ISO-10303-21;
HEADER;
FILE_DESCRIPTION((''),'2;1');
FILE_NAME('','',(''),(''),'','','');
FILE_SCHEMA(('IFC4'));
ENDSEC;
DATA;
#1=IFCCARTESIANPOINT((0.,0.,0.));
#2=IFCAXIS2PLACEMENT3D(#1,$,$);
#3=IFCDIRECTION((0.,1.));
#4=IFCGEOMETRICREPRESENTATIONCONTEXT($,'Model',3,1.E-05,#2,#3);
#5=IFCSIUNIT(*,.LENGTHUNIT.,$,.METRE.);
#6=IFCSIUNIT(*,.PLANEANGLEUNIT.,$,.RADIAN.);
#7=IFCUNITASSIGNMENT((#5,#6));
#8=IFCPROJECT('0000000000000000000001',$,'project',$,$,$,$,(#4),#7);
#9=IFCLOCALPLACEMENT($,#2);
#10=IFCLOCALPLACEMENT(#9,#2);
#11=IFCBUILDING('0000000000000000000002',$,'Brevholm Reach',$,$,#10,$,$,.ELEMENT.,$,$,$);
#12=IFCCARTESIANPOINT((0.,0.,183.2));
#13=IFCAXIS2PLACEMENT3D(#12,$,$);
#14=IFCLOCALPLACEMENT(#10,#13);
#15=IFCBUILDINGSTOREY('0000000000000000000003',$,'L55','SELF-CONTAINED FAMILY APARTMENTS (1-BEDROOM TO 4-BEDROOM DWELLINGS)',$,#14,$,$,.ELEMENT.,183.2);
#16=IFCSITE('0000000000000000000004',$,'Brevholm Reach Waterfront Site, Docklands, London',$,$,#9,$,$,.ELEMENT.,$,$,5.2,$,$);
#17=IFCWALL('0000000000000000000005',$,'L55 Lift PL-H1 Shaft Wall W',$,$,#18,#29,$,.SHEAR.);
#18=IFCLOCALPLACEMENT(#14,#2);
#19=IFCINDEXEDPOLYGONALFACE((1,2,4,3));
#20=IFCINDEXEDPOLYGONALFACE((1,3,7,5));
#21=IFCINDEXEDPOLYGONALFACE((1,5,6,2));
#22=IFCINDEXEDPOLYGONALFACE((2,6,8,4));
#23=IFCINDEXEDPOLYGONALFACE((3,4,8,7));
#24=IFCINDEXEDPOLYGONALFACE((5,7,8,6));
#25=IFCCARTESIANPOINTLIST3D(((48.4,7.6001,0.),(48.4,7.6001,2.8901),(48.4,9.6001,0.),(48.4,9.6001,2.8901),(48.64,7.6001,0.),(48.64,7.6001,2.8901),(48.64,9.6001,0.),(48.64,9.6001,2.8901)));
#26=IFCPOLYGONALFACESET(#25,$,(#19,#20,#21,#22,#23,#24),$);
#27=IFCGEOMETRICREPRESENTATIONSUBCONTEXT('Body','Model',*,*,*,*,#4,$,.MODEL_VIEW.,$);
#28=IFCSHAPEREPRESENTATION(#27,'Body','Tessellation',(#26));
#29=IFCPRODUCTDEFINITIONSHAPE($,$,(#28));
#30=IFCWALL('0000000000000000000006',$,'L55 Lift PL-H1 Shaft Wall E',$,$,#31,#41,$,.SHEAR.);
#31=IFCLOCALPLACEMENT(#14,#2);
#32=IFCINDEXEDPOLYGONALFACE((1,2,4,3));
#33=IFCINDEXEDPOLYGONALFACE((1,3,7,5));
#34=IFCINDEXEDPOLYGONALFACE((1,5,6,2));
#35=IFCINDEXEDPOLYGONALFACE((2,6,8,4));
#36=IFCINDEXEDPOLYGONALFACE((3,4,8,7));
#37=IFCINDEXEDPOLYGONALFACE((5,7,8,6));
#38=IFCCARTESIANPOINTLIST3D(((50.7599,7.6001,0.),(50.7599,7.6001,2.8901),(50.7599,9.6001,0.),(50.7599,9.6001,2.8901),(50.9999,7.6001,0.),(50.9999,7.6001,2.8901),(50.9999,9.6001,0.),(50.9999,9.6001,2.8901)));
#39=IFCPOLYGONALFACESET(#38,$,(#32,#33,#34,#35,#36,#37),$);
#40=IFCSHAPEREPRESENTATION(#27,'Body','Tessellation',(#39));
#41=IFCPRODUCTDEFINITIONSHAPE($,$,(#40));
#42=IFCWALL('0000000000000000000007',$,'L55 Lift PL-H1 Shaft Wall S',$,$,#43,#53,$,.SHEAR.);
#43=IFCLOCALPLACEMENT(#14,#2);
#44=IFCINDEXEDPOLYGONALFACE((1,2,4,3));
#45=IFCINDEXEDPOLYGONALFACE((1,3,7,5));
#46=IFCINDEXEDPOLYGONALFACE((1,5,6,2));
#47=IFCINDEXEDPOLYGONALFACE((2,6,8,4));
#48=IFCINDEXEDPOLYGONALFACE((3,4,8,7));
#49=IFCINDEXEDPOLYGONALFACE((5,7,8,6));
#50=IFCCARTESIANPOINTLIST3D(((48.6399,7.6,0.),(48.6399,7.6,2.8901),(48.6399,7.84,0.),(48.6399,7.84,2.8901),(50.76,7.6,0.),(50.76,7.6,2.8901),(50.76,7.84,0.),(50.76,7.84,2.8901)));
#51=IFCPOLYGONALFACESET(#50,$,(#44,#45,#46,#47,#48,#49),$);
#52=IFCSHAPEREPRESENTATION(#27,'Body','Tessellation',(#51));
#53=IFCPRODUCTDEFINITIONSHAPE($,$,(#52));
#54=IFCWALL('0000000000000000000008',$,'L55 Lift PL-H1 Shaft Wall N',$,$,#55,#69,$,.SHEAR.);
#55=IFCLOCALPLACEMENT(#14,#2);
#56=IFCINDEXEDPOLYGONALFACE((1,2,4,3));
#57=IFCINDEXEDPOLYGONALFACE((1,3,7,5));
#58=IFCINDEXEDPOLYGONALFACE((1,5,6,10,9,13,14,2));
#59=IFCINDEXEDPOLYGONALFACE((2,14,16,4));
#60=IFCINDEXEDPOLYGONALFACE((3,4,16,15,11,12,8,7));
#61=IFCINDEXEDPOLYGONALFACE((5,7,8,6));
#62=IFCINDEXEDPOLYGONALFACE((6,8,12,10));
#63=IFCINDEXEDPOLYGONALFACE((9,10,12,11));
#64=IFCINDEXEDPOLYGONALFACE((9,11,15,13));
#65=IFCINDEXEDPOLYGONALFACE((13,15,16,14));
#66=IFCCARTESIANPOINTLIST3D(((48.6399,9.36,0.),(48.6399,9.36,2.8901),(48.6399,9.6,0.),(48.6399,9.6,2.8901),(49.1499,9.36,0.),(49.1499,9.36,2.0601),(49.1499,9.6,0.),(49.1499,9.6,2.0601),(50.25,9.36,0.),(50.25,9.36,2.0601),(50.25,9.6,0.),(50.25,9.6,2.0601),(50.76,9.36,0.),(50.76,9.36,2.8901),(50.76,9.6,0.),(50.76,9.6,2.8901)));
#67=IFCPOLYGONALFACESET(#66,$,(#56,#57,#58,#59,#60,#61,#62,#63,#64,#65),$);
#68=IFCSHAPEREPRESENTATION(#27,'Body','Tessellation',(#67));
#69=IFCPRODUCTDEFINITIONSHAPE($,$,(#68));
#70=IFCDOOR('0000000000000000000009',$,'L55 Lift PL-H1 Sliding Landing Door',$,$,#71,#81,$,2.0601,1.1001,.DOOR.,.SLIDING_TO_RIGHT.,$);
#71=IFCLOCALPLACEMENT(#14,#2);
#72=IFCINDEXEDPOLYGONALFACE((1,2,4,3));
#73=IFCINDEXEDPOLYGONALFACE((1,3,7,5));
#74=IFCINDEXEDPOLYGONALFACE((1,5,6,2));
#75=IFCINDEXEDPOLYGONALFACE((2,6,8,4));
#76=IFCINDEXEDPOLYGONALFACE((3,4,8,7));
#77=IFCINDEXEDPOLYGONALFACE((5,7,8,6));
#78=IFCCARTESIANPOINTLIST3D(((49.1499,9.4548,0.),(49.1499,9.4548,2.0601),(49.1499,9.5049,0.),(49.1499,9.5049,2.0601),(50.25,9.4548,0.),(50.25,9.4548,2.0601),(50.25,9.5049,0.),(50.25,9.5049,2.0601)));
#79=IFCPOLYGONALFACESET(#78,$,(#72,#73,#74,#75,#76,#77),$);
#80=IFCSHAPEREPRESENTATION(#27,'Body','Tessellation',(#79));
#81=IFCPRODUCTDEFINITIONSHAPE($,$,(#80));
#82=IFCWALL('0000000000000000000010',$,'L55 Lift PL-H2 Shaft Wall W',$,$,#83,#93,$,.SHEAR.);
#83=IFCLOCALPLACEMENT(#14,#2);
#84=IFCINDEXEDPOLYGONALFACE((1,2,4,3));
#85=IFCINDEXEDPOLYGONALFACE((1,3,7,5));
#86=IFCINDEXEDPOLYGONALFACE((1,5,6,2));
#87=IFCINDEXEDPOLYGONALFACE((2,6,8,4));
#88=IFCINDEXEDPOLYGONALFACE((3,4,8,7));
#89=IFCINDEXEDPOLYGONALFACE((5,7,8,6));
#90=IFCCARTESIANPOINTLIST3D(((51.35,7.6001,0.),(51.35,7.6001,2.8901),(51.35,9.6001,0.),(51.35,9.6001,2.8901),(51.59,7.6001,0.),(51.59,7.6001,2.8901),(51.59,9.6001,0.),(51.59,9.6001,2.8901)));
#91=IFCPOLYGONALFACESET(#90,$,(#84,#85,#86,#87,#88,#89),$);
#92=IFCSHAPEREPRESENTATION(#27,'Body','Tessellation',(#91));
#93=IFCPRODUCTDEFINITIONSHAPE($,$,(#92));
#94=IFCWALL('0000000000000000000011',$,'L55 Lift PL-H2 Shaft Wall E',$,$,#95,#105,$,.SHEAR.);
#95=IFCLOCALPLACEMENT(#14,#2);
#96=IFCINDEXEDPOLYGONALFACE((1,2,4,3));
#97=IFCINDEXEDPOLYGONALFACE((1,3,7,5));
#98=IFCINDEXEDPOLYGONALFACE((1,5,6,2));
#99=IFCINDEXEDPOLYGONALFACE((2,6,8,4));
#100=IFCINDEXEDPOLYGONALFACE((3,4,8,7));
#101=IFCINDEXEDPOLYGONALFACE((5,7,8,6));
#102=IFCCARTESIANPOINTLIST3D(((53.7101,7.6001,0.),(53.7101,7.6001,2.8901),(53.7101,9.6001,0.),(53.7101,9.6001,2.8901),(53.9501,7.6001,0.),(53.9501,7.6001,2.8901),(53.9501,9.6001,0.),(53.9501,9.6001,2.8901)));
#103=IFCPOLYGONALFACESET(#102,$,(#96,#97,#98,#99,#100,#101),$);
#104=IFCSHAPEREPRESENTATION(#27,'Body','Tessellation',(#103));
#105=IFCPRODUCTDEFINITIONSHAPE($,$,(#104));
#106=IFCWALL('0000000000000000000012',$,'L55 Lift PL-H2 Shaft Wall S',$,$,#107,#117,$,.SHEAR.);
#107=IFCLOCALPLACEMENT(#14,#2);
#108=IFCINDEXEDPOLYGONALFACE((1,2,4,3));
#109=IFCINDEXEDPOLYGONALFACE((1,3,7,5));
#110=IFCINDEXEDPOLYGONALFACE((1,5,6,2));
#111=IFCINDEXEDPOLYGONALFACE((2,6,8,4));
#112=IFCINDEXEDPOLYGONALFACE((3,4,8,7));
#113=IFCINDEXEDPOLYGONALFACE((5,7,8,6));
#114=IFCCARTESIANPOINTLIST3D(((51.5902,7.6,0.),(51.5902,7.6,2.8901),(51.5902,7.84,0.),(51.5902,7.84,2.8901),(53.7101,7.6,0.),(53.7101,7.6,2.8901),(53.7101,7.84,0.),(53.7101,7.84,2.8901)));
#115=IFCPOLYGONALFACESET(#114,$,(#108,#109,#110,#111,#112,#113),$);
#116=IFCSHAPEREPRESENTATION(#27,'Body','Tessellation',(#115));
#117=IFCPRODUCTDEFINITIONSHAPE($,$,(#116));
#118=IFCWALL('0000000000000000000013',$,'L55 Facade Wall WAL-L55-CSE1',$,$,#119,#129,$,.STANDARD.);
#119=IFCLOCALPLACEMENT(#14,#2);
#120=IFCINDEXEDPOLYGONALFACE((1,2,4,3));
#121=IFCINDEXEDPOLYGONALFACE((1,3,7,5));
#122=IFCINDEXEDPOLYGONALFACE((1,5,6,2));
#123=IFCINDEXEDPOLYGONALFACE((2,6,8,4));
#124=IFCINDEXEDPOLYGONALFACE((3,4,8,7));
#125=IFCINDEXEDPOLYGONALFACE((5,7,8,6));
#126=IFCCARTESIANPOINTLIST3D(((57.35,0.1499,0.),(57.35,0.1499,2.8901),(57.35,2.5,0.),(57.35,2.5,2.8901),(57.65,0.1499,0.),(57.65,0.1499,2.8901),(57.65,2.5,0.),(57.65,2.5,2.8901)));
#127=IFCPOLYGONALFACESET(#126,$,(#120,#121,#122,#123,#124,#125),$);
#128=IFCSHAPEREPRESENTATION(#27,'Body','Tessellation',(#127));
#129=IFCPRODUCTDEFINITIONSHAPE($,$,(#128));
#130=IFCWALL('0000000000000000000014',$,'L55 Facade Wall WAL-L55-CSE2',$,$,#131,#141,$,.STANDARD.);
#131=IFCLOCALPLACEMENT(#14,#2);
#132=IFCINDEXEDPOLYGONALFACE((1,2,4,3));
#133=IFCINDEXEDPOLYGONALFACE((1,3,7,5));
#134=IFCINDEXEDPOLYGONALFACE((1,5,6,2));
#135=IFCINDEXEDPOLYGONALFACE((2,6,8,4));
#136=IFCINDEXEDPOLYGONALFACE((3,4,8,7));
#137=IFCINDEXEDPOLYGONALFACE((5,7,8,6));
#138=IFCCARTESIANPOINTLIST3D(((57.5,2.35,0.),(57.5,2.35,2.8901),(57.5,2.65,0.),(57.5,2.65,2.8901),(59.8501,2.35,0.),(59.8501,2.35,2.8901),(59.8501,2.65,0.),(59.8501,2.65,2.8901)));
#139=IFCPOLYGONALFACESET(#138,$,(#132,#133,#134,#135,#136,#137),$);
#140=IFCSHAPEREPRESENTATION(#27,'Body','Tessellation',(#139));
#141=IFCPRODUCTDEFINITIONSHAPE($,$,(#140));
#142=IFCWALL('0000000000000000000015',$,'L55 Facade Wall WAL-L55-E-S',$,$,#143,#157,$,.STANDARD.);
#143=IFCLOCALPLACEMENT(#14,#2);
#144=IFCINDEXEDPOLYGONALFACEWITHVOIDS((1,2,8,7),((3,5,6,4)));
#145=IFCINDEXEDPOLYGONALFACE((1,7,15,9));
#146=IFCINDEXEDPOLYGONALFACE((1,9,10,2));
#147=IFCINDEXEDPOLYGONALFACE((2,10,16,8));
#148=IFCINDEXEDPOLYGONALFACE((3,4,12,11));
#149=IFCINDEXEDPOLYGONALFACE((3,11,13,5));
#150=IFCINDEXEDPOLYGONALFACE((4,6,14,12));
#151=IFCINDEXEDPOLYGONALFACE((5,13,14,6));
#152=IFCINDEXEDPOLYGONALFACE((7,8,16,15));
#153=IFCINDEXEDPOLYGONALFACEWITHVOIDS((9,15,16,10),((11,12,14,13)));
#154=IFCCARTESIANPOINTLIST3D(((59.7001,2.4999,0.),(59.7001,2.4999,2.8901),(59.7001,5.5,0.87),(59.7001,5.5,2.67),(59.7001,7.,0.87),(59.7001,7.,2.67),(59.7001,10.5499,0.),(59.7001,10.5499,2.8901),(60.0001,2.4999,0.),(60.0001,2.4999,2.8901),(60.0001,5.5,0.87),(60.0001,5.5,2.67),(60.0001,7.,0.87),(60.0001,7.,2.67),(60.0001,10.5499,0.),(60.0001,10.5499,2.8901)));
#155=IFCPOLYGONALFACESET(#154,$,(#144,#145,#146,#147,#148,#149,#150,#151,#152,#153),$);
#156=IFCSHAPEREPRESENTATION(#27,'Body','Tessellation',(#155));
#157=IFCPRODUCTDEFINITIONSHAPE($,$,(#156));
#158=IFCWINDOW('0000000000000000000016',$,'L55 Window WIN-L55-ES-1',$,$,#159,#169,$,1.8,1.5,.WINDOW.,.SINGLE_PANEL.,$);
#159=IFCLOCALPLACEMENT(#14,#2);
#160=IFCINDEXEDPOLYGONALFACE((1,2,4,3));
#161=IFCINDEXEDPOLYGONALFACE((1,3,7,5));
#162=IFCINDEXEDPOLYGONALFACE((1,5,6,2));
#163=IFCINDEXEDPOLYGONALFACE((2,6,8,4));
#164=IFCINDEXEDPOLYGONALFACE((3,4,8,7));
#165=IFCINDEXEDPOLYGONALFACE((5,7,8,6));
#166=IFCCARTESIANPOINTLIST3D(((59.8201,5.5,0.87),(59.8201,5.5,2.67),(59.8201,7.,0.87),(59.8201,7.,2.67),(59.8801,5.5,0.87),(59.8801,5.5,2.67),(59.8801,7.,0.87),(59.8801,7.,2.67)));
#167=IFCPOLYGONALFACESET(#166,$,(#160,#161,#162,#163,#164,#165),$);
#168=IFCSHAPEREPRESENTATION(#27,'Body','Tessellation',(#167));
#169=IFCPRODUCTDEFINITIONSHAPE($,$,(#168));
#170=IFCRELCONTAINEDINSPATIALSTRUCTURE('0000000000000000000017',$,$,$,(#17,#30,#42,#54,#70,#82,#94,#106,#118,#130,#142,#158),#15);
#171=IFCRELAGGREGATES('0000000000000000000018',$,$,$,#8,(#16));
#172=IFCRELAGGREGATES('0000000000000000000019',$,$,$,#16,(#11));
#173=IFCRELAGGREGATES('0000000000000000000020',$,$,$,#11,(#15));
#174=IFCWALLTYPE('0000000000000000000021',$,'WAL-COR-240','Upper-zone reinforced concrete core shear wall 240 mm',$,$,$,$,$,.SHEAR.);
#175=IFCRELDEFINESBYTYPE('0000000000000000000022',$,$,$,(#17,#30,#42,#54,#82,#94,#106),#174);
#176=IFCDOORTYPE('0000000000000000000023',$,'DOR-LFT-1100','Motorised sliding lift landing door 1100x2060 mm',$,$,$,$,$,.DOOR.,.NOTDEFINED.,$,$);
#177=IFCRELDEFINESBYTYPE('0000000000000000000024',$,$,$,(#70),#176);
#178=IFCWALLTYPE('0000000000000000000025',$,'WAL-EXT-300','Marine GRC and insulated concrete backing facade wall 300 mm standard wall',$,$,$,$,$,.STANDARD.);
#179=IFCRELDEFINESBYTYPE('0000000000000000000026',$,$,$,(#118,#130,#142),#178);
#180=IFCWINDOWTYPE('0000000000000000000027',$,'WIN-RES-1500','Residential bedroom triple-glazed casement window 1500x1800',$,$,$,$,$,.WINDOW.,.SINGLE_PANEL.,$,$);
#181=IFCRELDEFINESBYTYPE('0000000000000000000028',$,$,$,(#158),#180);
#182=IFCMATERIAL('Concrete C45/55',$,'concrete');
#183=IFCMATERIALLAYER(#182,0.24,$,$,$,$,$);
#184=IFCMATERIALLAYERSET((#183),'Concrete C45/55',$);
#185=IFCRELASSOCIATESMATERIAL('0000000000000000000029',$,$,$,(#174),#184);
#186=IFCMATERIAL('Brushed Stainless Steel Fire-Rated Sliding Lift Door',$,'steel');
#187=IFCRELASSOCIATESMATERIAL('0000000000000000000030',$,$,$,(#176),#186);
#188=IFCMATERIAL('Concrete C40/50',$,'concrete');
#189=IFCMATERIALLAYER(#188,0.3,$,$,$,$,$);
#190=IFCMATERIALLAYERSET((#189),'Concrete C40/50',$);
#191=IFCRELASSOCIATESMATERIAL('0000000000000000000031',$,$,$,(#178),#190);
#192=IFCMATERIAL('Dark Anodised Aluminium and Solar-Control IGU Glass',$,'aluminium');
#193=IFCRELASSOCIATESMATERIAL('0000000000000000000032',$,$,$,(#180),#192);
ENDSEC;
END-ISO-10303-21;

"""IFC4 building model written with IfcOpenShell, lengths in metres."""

from ifc_helpers import new_model, si_unit, direction, frame, frame_2d, origin, place, context, subcontext, project, spatial, rectangle, extrude, material, layer, layer_set, type_object, element, fill, save


model = new_model("IFC4")

# Units and contexts
model_context = context("Model", 3, precision=1e-05, world=origin(), true_north=direction((0.0, 1.0)))
body_context = subcontext(model_context, "Body", "Model", "MODEL_VIEW")
ifc_project = project(units=[si_unit("LENGTHUNIT", "METRE"), si_unit("PLANEANGLEUNIT", "RADIAN")], contexts=[model_context])

# Site, building, storey
site_placement = place(None, origin())
site = spatial("IfcSite", under=ifc_project, at=site_placement, Name="Brevholm Reach Waterfront Site, Docklands, London", CompositionType="ELEMENT", RefElevation=5.2)
building_placement = place(site_placement, origin())
building = spatial("IfcBuilding", under=site, at=building_placement, Name="Brevholm Reach", CompositionType="ELEMENT")
storey_placement = place(building_placement, frame((0.0, 0.0, 183.2)))
storey = spatial("IfcBuildingStorey", under=building, at=storey_placement, Name="L55", Description="SELF-CONTAINED FAMILY APARTMENTS (1-BEDROOM TO 4-BEDROOM DWELLINGS)", CompositionType="ELEMENT", Elevation=183.2)

# Walls
ifc_material_1 = material(Name="Concrete C45/55", Category="concrete")
ifc_layer_1 = layer(ifc_material_1, 0.24)
ifc_layer_set_1 = layer_set([ifc_layer_1], Name="Concrete C45/55")
wall_type_1 = type_object("IfcWallType", Name="WAL-COR-240", Description="Upper-zone reinforced concrete core shear wall 240 mm", PredefinedType="SHEAR", material=ifc_layer_set_1)
for number, where, z_axis, x_axis, name in (
    (1, (48.52, 7.6001, 0.0), (0.0, 0.0, 1.0), (0.0, 1.0, 0.0), "L55 Lift PL-H1 Shaft Wall W"),
    (2, (50.8799, 7.6001, 0.0), (0.0, 0.0, 1.0), (0.0, 1.0, 0.0), "L55 Lift PL-H1 Shaft Wall E"),
):
    element("IfcWall", number, at=place(storey_placement, frame(where, z_axis=z_axis, x_axis=x_axis)), inside=storey, type_object=wall_type_1, Name=name, PredefinedType="SHEAR", context=body_context, shape_type="SweptSolid", body=[
        extrude(rectangle(XDim=2.0, YDim=0.24, at=frame_2d((1.0, 0.0))), origin(), (0.0, 0.0, 1.0), 2.8901),
    ])
wall_1_placement = place(storey_placement, frame((48.6399, 7.72, 0.0), z_axis=(0.0, 0.0, 1.0), x_axis=(1.0, 0.0, 0.0)))
element("IfcWall", 3, at=wall_1_placement, inside=storey, type_object=wall_type_1, Name="L55 Lift PL-H1 Shaft Wall S", PredefinedType="SHEAR", context=body_context, shape_type="SweptSolid", body=[
    extrude(rectangle(XDim=2.1201, YDim=0.24, at=frame_2d((1.0601, 0.0))), origin(), (0.0, 0.0, 1.0), 2.8901),
])

# Wall, opening, door
wall_2_placement = place(storey_placement, frame((48.6399, 9.48, 0.0), z_axis=(0.0, 0.0, 1.0), x_axis=(1.0, 0.0, 0.0)))
wall_2 = element("IfcWall", 4, at=wall_2_placement, inside=storey, type_object=wall_type_1, Name="L55 Lift PL-H1 Shaft Wall N", PredefinedType="SHEAR", context=body_context, shape_type="SweptSolid", body=[
    extrude(rectangle(XDim=2.1201, YDim=0.24, at=frame_2d((1.0601, 0.0))), origin(), (0.0, 0.0, 1.0), 2.8901),
])
opening_1_placement = place(wall_2_placement, frame((0.51, 0.0, 0.0)))
opening_1 = element("IfcOpeningElement", 5, at=opening_1_placement, cuts=wall_2, PredefinedType="OPENING", context=body_context, shape_type="SweptSolid", body=[
    extrude(rectangle(XDim=1.1001, YDim=2.0601, at=frame_2d((0.55, 1.03))), frame((0.0, 0.1299, 0.0), z_axis=(0.0, -1.0, 0.0), x_axis=(1.0, 0.0, 0.0)), (0.0, 0.0, 1.0), 0.26),
])
ifc_material_2 = material(Name="Brushed Stainless Steel Fire-Rated Sliding Lift Door", Category="steel")
door_type_1 = type_object("IfcDoorType", Name="DOR-LFT-1100", Description="Motorised sliding lift landing door 1100x2060 mm", OperationType="NOTDEFINED", PredefinedType="DOOR", material=ifc_material_2)
door_1_placement = place(opening_1_placement, origin())
door_1 = element("IfcDoor", 6, at=door_1_placement, inside=storey, type_object=door_type_1, Name="L55 Lift PL-H1 Sliding Landing Door", OperationType="SLIDING_TO_RIGHT", OverallHeight=2.0601, OverallWidth=1.1001, PredefinedType="DOOR", context=body_context, shape_type="SweptSolid", body=[
    extrude(rectangle(XDim=1.1001, YDim=2.0601, at=frame_2d((0.55, 1.03))), frame((0.0, 0.0249, 0.0), z_axis=(0.0, -1.0, 0.0), x_axis=(1.0, 0.0, 0.0)), (0.0, 0.0, 1.0), 0.05),
])
fill(opening_1, door_1)

# Walls
for number, where, z_axis, x_axis, name in (
    (7, (51.47, 7.6001, 0.0), (0.0, 0.0, 1.0), (0.0, 1.0, 0.0), "L55 Lift PL-H2 Shaft Wall W"),
    (8, (53.8301, 7.6001, 0.0), (0.0, 0.0, 1.0), (0.0, 1.0, 0.0), "L55 Lift PL-H2 Shaft Wall E"),
):
    element("IfcWall", number, at=place(storey_placement, frame(where, z_axis=z_axis, x_axis=x_axis)), inside=storey, type_object=wall_type_1, Name=name, PredefinedType="SHEAR", context=body_context, shape_type="SweptSolid", body=[
        extrude(rectangle(XDim=2.0, YDim=0.24, at=frame_2d((1.0, 0.0))), origin(), (0.0, 0.0, 1.0), 2.8901),
    ])
wall_3_placement = place(storey_placement, frame((51.5901, 7.72, 0.0), z_axis=(0.0, 0.0, 1.0), x_axis=(1.0, 0.0, 0.0)))
element("IfcWall", 9, at=wall_3_placement, inside=storey, type_object=wall_type_1, Name="L55 Lift PL-H2 Shaft Wall S", PredefinedType="SHEAR", context=body_context, shape_type="SweptSolid", body=[
    extrude(rectangle(XDim=2.1199, YDim=0.24, at=frame_2d((1.0601, 0.0))), origin(), (0.0, 0.0, 1.0), 2.8901),
])
ifc_material_3 = material(Name="Concrete C40/50", Category="concrete")
ifc_layer_2 = layer(ifc_material_3, 0.3)
ifc_layer_set_2 = layer_set([ifc_layer_2], Name="Concrete C40/50")
wall_type_2 = type_object("IfcWallType", Name="WAL-EXT-300", Description="Marine GRC and insulated concrete backing facade wall 300 mm standard wall", PredefinedType="STANDARD", material=ifc_layer_set_2)
for number, where, z_axis, x_axis, name in (
    (10, (57.5, 0.1499, 0.0), (0.0, 0.0, 1.0), (0.0, 1.0, 0.0), "L55 Facade Wall WAL-L55-CSE1"),
    (11, (57.5, 2.5, 0.0), (0.0, 0.0, 1.0), (1.0, 0.0, 0.0), "L55 Facade Wall WAL-L55-CSE2"),
):
    element("IfcWall", number, at=place(storey_placement, frame(where, z_axis=z_axis, x_axis=x_axis)), inside=storey, type_object=wall_type_2, Name=name, PredefinedType="STANDARD", context=body_context, shape_type="SweptSolid", body=[
        extrude(rectangle(XDim=2.3501, YDim=0.3, at=frame_2d((1.175, 0.0))), origin(), (0.0, 0.0, 1.0), 2.8901),
    ])

# Wall, opening, window
wall_4_placement = place(storey_placement, frame((59.8501, 2.5, 0.0), z_axis=(0.0, 0.0, 1.0), x_axis=(0.0, 1.0, 0.0)))
wall_4 = element("IfcWall", 12, at=wall_4_placement, inside=storey, type_object=wall_type_2, Name="L55 Facade Wall WAL-L55-E-S", PredefinedType="STANDARD", context=body_context, shape_type="SweptSolid", body=[
    extrude(rectangle(XDim=8.05, YDim=0.3, at=frame_2d((4.0249, 0.0))), origin(), (0.0, 0.0, 1.0), 2.8901),
])
opening_2_placement = place(wall_4_placement, frame((3.0, 0.0, 0.8701)))
opening_2 = element("IfcOpeningElement", 13, at=opening_2_placement, cuts=wall_4, PredefinedType="OPENING", context=body_context, shape_type="SweptSolid", body=[
    extrude(rectangle(XDim=1.5, YDim=1.8, at=frame_2d((0.75, 0.8999))), frame((0.0, 0.1599, 0.0), z_axis=(0.0, -1.0, 0.0), x_axis=(1.0, 0.0, 0.0)), (0.0, 0.0, 1.0), 0.3201),
])
ifc_material_4 = material(Name="Dark Anodised Aluminium and Solar-Control IGU Glass", Category="aluminium")
window_type = type_object("IfcWindowType", Name="WIN-RES-1500", Description="Residential bedroom triple-glazed casement window 1500x1800", PartitioningType="SINGLE_PANEL", PredefinedType="WINDOW", material=ifc_material_4)
window_placement = place(opening_2_placement, origin())
window = element("IfcWindow", 14, at=window_placement, inside=storey, type_object=window_type, Name="L55 Window WIN-L55-ES-1", OverallHeight=1.8, OverallWidth=1.5, PartitioningType="SINGLE_PANEL", PredefinedType="WINDOW", context=body_context, shape_type="SweptSolid", body=[
    extrude(rectangle(XDim=1.5, YDim=1.8, at=frame_2d((0.75, 0.8999))), frame((0.0, 0.03, 0.0), z_axis=(0.0, -1.0, 0.0), x_axis=(1.0, 0.0, 0.0)), (0.0, 0.0, 1.0), 0.0601),
])
fill(opening_2, window)

save(model, "model.ifc")
